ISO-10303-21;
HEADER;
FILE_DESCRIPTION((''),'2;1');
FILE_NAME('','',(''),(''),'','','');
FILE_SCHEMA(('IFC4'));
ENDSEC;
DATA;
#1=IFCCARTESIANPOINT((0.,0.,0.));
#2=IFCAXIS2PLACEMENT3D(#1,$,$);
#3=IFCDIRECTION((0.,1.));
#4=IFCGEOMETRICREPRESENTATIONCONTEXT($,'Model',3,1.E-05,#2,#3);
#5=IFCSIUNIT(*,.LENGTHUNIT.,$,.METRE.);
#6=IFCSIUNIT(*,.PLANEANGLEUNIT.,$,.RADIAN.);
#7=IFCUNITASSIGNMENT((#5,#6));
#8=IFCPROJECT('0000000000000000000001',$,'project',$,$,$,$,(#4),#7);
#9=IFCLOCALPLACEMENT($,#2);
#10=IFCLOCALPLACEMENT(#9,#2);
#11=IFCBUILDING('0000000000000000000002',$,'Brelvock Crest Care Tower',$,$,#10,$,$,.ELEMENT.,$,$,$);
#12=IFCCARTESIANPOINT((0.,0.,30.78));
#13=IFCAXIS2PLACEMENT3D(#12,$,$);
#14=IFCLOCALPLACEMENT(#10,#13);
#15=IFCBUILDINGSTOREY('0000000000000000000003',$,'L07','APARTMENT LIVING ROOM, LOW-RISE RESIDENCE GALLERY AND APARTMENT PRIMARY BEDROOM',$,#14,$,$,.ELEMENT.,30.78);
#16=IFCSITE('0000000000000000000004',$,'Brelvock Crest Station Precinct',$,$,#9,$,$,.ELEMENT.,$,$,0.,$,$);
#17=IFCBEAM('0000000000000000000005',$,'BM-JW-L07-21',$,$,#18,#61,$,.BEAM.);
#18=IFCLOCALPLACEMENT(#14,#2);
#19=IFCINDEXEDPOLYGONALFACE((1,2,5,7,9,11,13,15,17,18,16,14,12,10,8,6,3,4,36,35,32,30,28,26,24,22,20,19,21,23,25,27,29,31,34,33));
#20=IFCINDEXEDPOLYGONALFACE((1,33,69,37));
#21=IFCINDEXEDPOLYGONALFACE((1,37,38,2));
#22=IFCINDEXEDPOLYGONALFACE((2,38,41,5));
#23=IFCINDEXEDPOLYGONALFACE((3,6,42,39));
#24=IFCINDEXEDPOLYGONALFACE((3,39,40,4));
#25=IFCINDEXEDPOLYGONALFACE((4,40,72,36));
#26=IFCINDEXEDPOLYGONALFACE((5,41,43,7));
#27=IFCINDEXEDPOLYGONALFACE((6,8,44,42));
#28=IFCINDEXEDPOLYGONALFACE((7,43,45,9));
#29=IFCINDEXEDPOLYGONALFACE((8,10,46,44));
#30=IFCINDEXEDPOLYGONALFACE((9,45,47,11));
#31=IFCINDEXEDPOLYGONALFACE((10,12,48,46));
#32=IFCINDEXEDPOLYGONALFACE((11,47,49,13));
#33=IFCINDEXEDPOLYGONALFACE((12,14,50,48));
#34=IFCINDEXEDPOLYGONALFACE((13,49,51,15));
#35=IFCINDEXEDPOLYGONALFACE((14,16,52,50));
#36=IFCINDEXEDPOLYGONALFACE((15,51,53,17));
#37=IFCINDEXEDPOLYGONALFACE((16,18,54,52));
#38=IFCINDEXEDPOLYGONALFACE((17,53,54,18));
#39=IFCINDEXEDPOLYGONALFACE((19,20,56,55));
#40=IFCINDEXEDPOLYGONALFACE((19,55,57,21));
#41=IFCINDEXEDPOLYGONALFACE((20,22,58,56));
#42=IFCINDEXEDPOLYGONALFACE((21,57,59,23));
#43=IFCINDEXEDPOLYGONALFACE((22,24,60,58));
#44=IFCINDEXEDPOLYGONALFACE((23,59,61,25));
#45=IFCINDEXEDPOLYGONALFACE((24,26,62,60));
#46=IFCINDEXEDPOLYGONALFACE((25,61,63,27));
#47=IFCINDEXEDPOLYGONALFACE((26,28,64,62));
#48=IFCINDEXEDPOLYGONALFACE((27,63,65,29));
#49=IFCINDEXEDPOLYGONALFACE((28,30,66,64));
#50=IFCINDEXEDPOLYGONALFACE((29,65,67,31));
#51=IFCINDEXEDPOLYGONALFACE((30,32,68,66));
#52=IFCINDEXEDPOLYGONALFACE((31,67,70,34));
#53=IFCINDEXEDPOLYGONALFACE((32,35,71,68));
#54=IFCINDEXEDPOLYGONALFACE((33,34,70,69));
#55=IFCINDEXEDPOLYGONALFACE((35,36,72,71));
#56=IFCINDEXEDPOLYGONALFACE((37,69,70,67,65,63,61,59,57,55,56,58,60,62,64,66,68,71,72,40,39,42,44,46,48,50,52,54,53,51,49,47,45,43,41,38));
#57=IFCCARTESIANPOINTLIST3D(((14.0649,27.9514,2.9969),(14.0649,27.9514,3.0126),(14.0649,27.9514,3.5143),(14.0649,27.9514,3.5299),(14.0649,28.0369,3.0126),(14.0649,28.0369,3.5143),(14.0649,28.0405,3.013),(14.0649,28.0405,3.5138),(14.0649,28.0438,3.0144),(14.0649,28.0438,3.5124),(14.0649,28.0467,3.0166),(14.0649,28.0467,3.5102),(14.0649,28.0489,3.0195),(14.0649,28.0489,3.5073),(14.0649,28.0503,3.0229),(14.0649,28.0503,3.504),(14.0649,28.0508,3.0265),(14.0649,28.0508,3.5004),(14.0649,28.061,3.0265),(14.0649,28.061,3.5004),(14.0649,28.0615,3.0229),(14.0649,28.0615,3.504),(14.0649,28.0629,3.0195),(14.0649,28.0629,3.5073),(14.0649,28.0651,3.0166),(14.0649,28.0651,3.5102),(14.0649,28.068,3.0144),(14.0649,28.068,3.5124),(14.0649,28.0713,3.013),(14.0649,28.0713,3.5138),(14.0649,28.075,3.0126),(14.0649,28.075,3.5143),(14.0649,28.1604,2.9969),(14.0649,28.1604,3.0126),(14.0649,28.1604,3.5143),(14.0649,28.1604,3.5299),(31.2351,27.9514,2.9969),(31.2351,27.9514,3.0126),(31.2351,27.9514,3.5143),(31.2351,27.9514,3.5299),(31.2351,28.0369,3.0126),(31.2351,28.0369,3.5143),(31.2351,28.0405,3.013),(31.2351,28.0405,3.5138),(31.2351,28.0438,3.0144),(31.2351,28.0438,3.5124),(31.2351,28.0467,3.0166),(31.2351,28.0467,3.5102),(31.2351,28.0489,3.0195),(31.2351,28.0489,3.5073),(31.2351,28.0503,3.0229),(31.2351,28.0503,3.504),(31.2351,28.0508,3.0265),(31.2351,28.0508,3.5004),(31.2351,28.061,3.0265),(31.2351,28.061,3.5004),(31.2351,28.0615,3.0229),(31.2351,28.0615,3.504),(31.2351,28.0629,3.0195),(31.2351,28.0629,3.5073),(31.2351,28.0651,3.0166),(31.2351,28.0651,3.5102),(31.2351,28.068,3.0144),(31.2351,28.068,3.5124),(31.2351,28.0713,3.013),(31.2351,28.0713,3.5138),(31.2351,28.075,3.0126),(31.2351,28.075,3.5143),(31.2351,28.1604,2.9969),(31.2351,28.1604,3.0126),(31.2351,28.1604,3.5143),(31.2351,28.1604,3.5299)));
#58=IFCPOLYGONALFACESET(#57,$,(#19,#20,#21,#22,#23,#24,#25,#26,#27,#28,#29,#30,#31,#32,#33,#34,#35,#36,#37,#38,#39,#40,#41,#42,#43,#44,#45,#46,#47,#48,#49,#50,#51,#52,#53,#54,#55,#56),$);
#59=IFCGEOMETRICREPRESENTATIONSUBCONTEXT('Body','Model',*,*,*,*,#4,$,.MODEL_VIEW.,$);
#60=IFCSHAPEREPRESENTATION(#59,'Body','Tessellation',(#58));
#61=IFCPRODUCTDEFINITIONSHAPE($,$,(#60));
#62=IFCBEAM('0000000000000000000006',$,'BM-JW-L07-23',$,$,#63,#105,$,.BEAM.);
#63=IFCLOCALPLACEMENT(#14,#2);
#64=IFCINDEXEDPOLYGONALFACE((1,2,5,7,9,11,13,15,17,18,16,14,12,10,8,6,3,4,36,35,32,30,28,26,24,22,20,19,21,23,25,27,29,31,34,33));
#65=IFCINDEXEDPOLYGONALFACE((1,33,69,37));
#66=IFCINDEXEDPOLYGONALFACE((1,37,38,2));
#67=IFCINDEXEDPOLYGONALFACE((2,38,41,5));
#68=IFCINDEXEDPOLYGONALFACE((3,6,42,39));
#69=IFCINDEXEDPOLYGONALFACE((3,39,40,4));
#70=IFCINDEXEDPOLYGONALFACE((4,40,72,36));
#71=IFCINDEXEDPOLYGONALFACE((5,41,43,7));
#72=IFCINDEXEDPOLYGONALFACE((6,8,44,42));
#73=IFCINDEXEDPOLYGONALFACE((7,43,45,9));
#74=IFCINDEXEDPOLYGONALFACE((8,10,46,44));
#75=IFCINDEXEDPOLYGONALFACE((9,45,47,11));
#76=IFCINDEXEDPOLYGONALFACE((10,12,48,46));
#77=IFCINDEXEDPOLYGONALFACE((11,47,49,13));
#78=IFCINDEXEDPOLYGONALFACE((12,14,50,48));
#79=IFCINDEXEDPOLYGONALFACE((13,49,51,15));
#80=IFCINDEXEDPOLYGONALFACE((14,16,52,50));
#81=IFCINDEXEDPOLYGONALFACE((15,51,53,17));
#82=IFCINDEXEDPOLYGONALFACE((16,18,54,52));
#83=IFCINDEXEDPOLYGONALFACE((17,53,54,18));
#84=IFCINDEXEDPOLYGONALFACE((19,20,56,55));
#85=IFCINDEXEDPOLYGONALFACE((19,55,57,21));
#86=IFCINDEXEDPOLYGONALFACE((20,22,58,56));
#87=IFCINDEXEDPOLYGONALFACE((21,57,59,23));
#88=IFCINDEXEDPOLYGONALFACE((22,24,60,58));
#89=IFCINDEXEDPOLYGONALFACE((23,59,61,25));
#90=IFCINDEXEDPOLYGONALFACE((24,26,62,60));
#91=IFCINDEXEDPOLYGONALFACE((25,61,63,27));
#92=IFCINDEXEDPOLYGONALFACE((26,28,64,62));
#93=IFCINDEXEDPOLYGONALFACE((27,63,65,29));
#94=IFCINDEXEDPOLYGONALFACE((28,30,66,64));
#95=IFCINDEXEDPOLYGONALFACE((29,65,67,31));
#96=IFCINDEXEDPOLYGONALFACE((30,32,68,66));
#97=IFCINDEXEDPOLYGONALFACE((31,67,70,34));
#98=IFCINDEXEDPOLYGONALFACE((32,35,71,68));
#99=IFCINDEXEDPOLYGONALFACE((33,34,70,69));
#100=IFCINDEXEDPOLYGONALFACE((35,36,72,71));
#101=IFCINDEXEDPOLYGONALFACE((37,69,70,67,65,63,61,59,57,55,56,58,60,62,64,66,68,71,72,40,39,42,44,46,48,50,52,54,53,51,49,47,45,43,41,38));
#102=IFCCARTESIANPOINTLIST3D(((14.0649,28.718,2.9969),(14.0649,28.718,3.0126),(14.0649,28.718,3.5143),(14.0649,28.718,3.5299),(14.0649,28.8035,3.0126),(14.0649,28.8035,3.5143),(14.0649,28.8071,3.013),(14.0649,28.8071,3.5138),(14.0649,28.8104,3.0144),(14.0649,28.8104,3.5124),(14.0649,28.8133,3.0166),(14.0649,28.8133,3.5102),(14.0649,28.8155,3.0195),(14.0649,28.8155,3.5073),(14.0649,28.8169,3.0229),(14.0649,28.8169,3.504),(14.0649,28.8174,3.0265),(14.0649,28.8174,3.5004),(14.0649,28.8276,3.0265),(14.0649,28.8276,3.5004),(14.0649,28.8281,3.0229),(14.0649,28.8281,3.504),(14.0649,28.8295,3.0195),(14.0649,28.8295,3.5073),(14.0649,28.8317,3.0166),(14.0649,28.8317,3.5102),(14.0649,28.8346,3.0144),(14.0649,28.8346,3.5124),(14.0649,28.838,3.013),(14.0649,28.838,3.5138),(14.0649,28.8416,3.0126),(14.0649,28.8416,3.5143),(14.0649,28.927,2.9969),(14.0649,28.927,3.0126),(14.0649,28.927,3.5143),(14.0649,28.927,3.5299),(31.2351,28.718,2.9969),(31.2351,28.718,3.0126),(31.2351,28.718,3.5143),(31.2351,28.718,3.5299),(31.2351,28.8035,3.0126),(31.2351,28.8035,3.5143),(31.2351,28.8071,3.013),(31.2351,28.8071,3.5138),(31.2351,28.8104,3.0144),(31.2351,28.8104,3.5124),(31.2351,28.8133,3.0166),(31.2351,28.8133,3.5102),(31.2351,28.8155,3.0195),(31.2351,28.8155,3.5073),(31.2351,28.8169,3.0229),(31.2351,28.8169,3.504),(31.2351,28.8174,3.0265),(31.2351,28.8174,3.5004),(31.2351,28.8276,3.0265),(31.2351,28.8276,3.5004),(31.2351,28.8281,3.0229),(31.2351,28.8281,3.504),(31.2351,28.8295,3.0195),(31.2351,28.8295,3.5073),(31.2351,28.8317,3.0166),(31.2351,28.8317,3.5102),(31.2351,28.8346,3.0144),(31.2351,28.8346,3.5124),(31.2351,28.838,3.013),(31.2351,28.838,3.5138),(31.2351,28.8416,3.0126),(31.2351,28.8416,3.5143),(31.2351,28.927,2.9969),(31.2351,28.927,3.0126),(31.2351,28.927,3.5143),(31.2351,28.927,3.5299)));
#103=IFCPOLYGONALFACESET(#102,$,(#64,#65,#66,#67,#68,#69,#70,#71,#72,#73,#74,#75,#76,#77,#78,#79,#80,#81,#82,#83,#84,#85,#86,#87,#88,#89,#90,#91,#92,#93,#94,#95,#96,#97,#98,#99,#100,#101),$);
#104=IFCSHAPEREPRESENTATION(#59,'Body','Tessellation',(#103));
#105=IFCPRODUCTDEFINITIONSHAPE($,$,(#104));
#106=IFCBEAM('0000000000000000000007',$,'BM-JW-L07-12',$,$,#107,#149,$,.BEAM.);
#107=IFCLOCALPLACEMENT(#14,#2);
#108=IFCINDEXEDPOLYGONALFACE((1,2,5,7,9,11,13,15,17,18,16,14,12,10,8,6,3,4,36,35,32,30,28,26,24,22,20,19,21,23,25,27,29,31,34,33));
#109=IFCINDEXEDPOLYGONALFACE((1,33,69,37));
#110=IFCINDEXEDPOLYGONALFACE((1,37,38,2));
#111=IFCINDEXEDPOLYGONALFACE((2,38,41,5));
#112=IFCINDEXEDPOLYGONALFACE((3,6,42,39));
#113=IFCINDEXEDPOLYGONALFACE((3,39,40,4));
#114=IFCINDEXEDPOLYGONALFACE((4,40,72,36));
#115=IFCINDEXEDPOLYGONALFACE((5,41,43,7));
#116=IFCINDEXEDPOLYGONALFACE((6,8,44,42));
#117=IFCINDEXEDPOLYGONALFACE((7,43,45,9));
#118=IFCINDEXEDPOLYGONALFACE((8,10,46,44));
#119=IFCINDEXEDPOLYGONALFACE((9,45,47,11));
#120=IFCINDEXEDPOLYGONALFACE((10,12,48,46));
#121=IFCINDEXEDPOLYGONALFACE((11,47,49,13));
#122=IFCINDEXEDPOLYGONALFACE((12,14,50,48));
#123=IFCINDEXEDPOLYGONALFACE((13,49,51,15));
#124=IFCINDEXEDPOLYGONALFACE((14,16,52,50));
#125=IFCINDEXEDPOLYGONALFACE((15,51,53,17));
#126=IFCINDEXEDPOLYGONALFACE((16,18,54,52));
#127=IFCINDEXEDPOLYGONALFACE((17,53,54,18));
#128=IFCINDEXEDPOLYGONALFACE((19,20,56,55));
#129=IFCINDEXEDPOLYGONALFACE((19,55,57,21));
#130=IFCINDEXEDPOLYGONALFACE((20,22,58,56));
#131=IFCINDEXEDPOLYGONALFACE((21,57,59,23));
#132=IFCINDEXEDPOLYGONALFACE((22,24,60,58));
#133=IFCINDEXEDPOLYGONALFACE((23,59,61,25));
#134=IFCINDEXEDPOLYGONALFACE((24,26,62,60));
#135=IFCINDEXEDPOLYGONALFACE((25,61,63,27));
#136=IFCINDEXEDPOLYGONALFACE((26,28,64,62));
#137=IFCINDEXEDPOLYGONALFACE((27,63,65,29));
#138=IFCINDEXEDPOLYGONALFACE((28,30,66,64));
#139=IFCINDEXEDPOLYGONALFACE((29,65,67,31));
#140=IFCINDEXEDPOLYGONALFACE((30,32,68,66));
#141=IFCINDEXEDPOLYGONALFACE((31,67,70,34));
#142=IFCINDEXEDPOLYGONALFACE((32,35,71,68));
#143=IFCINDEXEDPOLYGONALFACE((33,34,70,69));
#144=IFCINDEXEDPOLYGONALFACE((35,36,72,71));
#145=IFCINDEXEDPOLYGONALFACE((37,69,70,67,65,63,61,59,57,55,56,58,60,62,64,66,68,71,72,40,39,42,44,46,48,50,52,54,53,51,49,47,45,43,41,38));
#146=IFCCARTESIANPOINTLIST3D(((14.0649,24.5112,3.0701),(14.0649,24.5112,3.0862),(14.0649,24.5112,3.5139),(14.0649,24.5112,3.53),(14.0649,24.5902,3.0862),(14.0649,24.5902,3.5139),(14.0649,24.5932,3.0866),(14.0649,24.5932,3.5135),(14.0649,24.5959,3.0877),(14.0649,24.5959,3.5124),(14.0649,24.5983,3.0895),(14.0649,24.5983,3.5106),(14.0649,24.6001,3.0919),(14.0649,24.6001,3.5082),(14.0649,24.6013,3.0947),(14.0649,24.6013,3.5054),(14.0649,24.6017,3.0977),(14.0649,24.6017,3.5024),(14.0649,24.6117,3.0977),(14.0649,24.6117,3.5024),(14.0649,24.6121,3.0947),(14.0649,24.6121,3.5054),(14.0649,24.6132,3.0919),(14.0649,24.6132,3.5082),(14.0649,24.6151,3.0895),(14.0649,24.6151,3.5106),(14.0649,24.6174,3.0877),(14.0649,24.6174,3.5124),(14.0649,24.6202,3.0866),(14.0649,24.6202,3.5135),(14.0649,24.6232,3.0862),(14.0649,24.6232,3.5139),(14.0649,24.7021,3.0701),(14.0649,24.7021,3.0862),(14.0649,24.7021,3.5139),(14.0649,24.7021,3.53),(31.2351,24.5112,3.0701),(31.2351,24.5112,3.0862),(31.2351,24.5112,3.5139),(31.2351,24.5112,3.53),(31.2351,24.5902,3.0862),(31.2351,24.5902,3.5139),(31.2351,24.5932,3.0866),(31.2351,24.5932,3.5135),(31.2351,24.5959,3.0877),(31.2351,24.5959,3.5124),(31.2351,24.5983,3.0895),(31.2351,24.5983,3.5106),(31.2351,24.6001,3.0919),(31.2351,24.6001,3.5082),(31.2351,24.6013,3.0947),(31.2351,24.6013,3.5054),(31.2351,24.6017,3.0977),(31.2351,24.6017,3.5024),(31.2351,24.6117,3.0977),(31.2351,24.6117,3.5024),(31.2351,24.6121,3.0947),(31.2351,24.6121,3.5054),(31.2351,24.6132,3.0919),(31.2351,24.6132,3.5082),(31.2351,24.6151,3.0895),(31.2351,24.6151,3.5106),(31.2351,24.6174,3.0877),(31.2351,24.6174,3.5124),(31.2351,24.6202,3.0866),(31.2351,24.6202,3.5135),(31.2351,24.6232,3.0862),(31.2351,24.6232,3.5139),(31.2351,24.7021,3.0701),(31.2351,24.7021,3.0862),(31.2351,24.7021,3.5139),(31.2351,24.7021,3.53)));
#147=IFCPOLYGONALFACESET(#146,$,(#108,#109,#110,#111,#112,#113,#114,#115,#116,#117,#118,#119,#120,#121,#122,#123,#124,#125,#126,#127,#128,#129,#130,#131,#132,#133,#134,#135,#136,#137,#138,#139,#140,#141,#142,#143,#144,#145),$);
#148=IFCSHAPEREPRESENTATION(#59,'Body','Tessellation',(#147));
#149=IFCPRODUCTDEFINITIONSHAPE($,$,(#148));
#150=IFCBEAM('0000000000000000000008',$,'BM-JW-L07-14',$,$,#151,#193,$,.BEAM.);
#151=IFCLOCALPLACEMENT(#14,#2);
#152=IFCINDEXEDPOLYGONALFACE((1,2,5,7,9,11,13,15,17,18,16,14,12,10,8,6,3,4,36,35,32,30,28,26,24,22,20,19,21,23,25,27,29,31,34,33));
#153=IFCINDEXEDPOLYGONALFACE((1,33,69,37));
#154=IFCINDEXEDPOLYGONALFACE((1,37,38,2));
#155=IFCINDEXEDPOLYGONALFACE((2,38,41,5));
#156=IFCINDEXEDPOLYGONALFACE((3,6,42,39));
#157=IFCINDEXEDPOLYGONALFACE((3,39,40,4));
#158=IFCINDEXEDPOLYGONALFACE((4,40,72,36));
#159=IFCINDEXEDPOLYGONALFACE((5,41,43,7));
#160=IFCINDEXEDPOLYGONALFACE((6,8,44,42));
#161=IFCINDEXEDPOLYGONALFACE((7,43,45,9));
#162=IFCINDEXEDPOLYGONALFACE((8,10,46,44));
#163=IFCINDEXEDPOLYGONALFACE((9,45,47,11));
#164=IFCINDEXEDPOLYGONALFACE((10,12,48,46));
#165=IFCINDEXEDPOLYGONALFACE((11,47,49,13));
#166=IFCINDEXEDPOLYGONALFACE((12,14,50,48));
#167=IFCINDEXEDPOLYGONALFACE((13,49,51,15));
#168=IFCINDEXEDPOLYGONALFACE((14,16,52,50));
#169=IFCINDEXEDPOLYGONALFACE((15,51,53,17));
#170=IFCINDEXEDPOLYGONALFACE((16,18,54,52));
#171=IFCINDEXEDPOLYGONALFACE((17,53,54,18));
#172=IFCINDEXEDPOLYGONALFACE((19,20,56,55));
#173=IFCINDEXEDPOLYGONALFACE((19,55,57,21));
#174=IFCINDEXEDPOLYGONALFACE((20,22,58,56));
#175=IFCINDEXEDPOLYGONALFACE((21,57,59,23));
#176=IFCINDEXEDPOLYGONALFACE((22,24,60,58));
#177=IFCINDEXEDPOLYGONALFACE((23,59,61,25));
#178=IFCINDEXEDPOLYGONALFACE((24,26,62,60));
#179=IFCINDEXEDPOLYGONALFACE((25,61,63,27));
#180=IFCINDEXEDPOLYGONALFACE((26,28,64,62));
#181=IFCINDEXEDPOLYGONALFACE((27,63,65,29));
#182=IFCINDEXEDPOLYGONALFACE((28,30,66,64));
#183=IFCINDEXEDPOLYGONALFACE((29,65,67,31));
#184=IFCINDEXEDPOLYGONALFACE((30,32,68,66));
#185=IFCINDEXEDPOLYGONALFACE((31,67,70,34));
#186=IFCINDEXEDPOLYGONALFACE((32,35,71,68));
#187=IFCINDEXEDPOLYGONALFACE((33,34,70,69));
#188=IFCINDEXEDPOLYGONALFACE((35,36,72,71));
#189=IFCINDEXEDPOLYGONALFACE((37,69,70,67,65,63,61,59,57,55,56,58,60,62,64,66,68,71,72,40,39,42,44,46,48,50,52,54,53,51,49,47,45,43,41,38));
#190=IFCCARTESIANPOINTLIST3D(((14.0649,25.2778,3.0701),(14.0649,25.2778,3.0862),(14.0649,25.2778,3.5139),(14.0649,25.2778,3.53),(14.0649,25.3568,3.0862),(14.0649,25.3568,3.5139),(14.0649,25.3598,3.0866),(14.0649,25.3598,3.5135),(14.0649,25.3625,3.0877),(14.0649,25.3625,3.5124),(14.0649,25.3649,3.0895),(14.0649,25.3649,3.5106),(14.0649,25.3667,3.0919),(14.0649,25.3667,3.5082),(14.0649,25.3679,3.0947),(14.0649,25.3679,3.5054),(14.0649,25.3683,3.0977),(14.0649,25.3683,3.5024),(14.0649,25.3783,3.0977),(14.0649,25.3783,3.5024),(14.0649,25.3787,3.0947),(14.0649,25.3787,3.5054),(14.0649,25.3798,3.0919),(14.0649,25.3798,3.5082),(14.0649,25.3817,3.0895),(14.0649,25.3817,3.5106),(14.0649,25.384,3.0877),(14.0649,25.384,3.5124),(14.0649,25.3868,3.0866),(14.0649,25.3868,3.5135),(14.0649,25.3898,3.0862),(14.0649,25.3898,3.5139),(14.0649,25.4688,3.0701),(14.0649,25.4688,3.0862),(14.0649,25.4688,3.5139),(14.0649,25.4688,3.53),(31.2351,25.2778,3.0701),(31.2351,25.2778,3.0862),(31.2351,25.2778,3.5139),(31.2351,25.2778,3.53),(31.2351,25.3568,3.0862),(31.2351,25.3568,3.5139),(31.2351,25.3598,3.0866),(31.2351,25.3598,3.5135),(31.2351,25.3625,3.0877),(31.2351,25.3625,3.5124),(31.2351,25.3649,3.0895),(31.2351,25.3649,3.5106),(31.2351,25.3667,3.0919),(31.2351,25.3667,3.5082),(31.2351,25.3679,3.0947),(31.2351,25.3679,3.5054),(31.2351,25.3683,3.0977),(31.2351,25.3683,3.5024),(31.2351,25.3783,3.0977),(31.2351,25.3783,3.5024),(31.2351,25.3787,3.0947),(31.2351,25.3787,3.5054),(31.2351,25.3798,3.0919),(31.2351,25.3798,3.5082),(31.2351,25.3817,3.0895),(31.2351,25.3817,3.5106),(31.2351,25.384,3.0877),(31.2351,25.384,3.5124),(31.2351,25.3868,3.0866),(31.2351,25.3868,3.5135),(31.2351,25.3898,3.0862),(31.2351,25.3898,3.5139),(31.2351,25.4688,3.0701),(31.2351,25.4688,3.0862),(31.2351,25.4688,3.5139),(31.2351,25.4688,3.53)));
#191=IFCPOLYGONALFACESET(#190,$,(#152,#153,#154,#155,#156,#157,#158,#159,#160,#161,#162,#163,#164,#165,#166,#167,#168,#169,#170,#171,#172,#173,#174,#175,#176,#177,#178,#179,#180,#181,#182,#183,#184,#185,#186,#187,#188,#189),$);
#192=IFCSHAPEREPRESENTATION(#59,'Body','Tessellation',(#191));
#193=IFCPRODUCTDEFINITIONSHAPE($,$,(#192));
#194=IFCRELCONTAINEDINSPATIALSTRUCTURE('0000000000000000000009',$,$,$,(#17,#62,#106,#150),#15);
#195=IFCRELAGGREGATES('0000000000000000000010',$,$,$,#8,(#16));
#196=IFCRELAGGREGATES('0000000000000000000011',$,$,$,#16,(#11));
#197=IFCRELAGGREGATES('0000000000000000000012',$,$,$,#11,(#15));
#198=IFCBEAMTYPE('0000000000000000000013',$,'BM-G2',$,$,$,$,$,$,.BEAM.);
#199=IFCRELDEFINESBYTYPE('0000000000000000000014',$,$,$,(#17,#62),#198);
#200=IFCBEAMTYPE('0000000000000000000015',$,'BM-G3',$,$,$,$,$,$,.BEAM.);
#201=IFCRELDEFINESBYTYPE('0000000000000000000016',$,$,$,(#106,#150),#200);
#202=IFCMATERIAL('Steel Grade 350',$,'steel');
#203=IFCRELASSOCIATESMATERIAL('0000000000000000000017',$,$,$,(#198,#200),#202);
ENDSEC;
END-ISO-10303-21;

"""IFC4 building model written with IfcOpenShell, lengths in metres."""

from ifc_helpers import new_model, si_unit, direction, frame, origin, origin_2d, place, context, subcontext, project, spatial, i_section, extrude, source, transform, mapped, material, material_profile, profile_set, type_object, element, save


model = new_model("IFC4")

# Units and contexts
model_context = context("Model", 3, precision=1e-05, world=origin(), true_north=direction((0.0, 1.0)))
body_context = subcontext(model_context, "Body", "Model", "MODEL_VIEW")
ifc_project = project(units=[si_unit("LENGTHUNIT", "METRE"), si_unit("PLANEANGLEUNIT", "RADIAN")], contexts=[model_context])

# Site, building, storey
site_placement = place(None, origin())
site = spatial("IfcSite", under=ifc_project, at=site_placement, Name="Brelvock Crest Station Precinct", CompositionType="ELEMENT", RefElevation=0.0)
building_placement = place(site_placement, origin())
building = spatial("IfcBuilding", under=site, at=building_placement, Name="Brelvock Crest Care Tower", CompositionType="ELEMENT")
storey_placement = place(building_placement, frame((0.0, 0.0, 30.78)))
storey = spatial("IfcBuildingStorey", under=building, at=storey_placement, Name="L07", Description="APARTMENT LIVING ROOM, LOW-RISE RESIDENCE GALLERY AND APARTMENT PRIMARY BEDROOM", CompositionType="ELEMENT", Elevation=30.78)

# Beams
ifc_material_1 = material(Name="Steel Grade 350", Category="steel")
ifc_material_profile_1 = material_profile(ifc_material_1, i_section(OverallWidth=0.209, OverallDepth=0.533, WebThickness=0.0103, FlangeThickness=0.0156, FilletRadius=0.0139, at=origin_2d()), Name="530UB92.4")
ifc_profile_set_1 = profile_set([ifc_material_profile_1], Name="Steel Grade 350")
beam_type_1 = type_object("IfcBeamType", Name="BM-G2", PredefinedType="BEAM", material=ifc_profile_set_1)
shared_shape_1 = source(origin(), body_context, "Body", "SweptSolid", [
    extrude(i_section(OverallWidth=0.209, OverallDepth=0.533, WebThickness=0.0103, FlangeThickness=0.0156, FilletRadius=0.0139, at=origin_2d()), origin(), (0.0, 0.0, 1.0), 17.1702),
])
for number, where, z_axis, x_axis, name in (
    (1, (14.0649, 28.0559, 3.2634), (1.0, 0.0, 0.0), (0.0, 1.0, 0.0), "BM-JW-L07-21"),
    (2, (14.0649, 28.8225, 3.2634), (1.0, 0.0, 0.0), (0.0, 1.0, 0.0), "BM-JW-L07-23"),
):
    element("IfcBeam", number, at=place(storey_placement, frame(where, z_axis=z_axis, x_axis=x_axis)), inside=storey, type_object=beam_type_1, Name=name, PredefinedType="BEAM", context=body_context, shape_type="MappedRepresentation", body=[
        mapped(shared_shape_1, transform((0.0, 0.0, 0.0), x_axis=(1.0, 0.0, 0.0), y_axis=(0.0, 1.0, 0.0), z_axis=(0.0, 0.0, 1.0), scale=1.0)),
    ])
ifc_material_profile_2 = material_profile(ifc_material_1, i_section(OverallWidth=0.1909, OverallDepth=0.46, WebThickness=0.01, FlangeThickness=0.0161, FilletRadius=0.0115, at=origin_2d()), Name="460UB82.1")
ifc_profile_set_2 = profile_set([ifc_material_profile_2], Name="Steel Grade 350")
beam_type_2 = type_object("IfcBeamType", Name="BM-G3", PredefinedType="BEAM", material=ifc_profile_set_2)
shared_shape_2 = source(origin(), body_context, "Body", "SweptSolid", [
    extrude(i_section(OverallWidth=0.1909, OverallDepth=0.46, WebThickness=0.01, FlangeThickness=0.0161, FilletRadius=0.0115, at=origin_2d()), origin(), (0.0, 0.0, 1.0), 17.1702),
])
for number, where, z_axis, x_axis, name in (
    (3, (14.0649, 24.6067, 3.3), (1.0, 0.0, 0.0), (0.0, 1.0, 0.0), "BM-JW-L07-12"),
    (4, (14.0649, 25.3733, 3.3), (1.0, 0.0, 0.0), (0.0, 1.0, 0.0), "BM-JW-L07-14"),
):
    element("IfcBeam", number, at=place(storey_placement, frame(where, z_axis=z_axis, x_axis=x_axis)), inside=storey, type_object=beam_type_2, Name=name, PredefinedType="BEAM", context=body_context, shape_type="MappedRepresentation", body=[
        mapped(shared_shape_2, transform((0.0, 0.0, 0.0), x_axis=(1.0, 0.0, 0.0), y_axis=(0.0, 1.0, 0.0), z_axis=(0.0, 0.0, 1.0), scale=1.0)),
    ])

save(model, "model.ifc")
